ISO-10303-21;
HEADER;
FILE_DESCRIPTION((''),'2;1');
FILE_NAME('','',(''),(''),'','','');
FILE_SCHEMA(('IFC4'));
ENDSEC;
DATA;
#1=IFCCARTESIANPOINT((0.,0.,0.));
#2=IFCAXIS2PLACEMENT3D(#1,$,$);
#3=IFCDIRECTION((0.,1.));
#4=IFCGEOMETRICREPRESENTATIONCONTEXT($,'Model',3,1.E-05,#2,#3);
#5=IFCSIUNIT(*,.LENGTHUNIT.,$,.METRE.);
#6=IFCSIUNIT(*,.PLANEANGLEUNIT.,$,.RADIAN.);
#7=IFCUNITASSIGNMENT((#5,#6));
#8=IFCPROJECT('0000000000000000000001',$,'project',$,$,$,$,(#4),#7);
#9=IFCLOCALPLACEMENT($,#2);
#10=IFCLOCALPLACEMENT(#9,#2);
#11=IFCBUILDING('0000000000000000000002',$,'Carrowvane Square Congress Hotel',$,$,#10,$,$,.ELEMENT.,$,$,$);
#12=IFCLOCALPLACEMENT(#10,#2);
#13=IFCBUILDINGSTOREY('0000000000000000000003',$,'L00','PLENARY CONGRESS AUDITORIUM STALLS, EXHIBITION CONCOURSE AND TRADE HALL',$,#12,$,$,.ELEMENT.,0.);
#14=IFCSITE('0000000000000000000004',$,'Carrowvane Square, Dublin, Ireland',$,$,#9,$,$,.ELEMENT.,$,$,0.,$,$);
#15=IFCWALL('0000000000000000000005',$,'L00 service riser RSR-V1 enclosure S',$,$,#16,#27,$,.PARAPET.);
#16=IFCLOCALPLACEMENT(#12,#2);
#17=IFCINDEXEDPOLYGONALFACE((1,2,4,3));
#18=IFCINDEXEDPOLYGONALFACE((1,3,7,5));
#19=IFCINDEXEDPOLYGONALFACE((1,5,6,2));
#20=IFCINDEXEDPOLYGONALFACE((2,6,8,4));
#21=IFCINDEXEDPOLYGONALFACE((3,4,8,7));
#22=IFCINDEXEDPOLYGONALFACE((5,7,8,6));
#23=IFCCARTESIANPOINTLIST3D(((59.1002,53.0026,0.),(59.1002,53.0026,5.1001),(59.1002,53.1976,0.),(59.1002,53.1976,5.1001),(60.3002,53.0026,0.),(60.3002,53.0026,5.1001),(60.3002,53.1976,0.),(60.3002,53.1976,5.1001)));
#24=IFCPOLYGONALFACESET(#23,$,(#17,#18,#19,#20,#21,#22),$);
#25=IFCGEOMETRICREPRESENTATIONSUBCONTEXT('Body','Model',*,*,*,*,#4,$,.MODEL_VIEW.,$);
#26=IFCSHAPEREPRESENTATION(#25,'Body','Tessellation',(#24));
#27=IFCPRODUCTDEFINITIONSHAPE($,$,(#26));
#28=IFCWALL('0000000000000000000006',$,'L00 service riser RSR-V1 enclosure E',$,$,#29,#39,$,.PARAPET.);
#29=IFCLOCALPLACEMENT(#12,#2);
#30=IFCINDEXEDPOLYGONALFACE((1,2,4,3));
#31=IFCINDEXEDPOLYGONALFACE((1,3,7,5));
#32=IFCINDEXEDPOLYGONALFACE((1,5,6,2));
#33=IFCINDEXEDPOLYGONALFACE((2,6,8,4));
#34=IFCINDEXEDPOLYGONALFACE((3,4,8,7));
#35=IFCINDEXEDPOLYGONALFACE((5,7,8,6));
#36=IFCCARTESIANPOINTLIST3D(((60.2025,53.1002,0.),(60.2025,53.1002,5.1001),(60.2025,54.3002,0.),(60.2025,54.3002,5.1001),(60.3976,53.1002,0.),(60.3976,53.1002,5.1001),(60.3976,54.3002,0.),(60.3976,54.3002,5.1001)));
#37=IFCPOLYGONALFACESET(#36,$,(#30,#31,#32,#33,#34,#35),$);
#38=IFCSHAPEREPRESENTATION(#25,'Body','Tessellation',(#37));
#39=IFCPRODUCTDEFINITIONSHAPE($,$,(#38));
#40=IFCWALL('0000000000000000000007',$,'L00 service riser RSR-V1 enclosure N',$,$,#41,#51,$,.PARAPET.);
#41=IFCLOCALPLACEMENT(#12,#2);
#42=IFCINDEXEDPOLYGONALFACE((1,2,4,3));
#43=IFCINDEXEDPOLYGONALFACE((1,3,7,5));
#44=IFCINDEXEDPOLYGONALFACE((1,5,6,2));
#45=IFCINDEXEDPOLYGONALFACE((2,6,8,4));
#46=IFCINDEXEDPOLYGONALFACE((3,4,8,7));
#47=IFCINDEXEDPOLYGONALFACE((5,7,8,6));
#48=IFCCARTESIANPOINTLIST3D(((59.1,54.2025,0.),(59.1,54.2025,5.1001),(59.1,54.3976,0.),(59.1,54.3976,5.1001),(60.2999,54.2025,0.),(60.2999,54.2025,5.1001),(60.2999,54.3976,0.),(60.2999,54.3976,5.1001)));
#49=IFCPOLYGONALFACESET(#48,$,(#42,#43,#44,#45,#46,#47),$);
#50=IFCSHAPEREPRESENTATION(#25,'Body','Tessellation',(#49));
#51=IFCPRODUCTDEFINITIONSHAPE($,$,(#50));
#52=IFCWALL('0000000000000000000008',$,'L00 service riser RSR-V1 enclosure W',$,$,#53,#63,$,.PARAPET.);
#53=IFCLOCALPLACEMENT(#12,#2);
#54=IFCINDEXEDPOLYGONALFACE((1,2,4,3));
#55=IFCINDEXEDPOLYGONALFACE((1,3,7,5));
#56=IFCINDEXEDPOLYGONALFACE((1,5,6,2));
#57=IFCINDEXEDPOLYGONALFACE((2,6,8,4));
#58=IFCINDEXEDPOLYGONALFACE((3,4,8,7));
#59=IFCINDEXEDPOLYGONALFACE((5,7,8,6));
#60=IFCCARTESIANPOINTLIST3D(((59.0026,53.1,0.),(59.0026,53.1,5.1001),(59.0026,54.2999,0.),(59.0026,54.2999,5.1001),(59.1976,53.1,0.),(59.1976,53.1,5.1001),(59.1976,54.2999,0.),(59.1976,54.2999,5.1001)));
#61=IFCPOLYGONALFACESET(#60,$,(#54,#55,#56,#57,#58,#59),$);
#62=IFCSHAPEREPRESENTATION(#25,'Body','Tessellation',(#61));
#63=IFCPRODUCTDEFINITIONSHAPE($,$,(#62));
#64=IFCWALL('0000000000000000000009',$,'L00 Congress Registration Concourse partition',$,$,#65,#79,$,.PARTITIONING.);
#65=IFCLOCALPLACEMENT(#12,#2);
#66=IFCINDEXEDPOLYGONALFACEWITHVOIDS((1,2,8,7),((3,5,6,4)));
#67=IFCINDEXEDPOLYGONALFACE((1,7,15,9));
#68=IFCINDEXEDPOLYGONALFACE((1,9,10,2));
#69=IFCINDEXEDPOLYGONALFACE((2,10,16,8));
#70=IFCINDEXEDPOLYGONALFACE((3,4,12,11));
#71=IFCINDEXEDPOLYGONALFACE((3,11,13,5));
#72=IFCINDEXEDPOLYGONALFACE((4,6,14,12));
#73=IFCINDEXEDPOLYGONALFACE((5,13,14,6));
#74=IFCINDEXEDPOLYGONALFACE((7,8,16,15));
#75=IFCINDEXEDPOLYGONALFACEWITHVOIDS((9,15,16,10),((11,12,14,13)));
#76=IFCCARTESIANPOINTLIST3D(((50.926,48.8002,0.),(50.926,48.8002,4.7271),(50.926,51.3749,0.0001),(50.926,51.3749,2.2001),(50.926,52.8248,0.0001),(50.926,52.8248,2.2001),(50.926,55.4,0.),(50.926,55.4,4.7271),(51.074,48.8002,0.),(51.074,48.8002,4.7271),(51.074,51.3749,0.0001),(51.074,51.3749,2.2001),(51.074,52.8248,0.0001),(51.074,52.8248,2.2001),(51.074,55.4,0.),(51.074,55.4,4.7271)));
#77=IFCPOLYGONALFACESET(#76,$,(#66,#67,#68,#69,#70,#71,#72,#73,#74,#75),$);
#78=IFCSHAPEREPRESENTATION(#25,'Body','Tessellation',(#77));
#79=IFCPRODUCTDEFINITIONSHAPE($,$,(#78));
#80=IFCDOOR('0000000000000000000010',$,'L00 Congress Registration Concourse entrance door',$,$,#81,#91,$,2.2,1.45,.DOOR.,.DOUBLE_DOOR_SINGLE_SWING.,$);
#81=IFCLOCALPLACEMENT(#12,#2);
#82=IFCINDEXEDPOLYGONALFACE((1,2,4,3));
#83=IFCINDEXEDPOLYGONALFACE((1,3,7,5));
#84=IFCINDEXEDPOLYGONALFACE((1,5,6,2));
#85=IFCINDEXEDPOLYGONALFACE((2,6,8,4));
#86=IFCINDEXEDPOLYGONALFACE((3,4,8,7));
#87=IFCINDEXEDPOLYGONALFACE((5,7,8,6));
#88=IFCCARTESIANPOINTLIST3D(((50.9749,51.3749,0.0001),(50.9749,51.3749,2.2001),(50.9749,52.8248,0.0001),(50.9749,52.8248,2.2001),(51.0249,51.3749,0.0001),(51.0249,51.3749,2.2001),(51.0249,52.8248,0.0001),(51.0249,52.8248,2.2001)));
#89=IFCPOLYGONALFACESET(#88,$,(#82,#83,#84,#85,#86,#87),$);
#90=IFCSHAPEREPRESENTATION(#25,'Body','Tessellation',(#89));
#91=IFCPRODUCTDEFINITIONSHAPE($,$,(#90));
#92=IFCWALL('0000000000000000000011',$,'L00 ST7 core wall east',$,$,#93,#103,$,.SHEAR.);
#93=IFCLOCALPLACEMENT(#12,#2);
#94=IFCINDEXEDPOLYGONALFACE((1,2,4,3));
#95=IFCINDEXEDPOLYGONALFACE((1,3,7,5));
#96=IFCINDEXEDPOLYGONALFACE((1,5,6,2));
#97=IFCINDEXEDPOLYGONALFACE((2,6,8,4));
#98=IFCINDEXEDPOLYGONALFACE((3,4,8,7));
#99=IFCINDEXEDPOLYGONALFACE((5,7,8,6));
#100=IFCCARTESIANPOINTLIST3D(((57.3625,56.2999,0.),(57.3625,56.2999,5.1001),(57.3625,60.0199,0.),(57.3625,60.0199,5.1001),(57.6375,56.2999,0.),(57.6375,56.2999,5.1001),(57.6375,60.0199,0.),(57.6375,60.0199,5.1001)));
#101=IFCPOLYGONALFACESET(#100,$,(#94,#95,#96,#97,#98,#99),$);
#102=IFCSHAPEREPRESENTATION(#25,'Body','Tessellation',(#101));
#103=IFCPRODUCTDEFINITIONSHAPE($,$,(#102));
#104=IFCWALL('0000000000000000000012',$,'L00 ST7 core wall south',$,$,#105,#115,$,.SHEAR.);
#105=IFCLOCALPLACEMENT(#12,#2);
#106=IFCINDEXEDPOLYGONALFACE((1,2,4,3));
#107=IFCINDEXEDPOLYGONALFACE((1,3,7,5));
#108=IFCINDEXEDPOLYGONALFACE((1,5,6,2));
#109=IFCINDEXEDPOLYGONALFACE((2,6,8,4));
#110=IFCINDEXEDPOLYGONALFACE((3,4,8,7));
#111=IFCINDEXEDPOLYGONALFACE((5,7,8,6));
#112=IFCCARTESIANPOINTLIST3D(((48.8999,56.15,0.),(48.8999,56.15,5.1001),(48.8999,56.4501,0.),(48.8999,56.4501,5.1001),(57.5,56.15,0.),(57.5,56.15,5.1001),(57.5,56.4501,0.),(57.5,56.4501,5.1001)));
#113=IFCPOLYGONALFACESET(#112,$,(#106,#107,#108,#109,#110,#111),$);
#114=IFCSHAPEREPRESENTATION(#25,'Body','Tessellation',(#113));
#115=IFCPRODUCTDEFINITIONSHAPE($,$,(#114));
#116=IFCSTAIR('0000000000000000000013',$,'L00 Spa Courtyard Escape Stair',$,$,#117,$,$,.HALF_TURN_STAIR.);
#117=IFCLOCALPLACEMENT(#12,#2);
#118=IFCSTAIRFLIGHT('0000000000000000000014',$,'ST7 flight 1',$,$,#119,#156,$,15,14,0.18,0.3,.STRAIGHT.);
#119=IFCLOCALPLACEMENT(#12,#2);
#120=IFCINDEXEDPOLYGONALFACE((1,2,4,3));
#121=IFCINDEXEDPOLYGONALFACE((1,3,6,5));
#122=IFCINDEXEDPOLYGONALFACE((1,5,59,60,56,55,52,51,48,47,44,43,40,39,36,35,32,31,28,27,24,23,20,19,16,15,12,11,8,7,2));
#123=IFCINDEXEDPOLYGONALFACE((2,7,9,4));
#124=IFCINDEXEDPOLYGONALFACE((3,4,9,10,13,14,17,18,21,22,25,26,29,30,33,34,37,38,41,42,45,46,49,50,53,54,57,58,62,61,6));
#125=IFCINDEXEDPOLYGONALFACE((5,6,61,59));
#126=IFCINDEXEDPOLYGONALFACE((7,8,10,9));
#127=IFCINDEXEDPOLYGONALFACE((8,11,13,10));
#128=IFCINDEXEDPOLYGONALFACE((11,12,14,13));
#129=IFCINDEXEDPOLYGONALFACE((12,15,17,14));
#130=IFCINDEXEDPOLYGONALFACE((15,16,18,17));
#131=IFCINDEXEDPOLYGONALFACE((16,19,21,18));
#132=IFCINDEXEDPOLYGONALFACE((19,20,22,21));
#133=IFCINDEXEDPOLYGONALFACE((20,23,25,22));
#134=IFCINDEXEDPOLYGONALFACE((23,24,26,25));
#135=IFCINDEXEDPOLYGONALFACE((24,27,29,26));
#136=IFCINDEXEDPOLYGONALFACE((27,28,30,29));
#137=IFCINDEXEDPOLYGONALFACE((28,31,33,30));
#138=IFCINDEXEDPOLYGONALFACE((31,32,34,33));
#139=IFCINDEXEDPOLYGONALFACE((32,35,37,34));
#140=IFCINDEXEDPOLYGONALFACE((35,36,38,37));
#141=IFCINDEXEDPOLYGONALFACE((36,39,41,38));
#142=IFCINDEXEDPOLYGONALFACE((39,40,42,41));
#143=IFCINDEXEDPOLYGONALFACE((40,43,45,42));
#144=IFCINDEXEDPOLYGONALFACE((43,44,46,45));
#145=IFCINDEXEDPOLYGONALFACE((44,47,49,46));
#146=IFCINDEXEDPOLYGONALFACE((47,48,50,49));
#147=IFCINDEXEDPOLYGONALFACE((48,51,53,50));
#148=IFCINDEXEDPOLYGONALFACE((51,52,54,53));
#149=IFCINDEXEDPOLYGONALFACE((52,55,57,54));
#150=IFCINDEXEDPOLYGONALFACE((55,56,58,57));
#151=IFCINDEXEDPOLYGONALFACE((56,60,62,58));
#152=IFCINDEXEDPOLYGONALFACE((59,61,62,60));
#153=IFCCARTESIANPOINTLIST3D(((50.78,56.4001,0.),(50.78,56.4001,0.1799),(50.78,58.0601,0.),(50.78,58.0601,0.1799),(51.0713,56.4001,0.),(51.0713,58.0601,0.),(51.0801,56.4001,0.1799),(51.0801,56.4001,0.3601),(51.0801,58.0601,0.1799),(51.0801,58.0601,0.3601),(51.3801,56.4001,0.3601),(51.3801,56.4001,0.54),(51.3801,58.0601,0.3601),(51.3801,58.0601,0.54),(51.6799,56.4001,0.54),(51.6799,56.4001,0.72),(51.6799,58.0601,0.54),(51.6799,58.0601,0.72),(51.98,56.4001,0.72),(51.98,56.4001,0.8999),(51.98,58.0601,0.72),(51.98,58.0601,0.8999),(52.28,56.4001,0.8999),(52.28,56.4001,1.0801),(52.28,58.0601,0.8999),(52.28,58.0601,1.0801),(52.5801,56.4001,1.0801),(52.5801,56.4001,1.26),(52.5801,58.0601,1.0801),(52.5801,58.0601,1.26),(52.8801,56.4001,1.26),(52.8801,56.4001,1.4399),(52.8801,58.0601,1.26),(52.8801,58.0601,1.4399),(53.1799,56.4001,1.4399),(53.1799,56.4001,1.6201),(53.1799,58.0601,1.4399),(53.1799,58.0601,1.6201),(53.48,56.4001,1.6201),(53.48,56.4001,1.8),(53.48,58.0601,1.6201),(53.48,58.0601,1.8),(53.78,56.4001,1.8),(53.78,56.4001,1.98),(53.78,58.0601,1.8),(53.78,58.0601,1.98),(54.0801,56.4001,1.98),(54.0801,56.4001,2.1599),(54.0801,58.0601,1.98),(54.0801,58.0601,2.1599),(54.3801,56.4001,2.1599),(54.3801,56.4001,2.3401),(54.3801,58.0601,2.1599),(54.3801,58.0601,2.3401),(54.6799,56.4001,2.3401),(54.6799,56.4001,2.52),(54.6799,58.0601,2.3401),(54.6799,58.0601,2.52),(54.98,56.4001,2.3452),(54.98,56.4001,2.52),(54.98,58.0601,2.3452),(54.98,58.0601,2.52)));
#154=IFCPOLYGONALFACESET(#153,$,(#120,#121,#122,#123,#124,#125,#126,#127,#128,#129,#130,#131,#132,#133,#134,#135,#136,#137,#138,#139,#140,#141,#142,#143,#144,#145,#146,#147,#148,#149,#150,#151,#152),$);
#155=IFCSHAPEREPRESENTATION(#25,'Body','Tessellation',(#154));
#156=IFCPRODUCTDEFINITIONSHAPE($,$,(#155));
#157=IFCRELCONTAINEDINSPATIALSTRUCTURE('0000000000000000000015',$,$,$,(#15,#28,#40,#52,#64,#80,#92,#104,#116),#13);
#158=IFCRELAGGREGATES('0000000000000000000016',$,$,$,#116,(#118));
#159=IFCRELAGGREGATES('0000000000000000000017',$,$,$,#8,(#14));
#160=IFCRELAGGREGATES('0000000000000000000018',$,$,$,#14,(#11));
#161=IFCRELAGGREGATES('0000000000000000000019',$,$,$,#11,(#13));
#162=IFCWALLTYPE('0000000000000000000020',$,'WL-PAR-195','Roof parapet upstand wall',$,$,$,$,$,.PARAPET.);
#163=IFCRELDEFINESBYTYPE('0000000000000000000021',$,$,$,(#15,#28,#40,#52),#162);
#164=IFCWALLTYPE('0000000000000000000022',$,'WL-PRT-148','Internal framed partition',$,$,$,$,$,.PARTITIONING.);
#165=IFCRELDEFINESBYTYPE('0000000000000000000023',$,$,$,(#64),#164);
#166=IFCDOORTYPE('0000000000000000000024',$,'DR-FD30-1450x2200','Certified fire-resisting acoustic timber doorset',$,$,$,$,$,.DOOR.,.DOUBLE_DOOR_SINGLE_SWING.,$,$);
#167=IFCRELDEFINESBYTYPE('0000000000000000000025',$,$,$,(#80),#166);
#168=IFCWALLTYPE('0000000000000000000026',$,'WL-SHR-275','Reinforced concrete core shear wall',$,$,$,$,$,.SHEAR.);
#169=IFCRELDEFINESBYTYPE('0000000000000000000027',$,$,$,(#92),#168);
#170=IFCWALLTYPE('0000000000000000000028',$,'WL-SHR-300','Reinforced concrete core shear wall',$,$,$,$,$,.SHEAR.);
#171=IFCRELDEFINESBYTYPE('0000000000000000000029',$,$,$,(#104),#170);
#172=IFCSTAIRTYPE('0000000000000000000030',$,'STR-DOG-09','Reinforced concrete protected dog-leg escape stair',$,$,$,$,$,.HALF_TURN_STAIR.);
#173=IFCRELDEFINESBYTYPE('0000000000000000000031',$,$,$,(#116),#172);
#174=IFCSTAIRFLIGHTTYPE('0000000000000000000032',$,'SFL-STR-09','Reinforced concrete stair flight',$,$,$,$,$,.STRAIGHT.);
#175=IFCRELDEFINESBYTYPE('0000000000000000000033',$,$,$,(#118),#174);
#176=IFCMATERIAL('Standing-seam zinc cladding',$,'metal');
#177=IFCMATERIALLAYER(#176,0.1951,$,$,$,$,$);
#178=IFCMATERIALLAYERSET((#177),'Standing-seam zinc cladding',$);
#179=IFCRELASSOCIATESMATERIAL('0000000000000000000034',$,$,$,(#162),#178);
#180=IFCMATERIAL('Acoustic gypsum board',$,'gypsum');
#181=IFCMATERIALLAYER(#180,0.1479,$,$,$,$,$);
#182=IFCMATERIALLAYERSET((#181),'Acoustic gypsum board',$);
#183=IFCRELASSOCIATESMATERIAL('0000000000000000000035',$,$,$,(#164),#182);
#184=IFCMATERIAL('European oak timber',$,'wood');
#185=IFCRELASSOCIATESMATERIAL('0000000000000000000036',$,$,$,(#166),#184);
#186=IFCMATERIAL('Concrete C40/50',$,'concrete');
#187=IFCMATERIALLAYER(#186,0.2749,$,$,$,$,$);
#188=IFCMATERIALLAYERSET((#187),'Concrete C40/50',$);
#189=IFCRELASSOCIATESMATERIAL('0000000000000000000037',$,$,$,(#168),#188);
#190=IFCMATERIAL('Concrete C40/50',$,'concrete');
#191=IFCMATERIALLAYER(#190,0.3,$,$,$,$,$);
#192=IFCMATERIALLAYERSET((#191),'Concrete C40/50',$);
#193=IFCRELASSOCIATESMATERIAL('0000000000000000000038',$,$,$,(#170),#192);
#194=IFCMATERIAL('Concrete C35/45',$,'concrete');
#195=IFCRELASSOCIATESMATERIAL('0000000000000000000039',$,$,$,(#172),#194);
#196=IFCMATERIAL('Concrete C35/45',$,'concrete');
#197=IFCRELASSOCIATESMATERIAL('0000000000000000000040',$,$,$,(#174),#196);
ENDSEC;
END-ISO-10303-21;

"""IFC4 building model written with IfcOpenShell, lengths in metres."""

from ifc_helpers import new_model, si_unit, direction, frame, frame_2d, origin, place, context, subcontext, project, spatial, polyline, rectangle, outline, extrude, material, layer, layer_set, type_object, element, fill, aggregate, save


model = new_model("IFC4")

# Units and contexts
model_context = context("Model", 3, precision=1e-05, world=origin(), true_north=direction((0.0, 1.0)))
body_context = subcontext(model_context, "Body", "Model", "MODEL_VIEW")
ifc_project = project(units=[si_unit("LENGTHUNIT", "METRE"), si_unit("PLANEANGLEUNIT", "RADIAN")], contexts=[model_context])

# Site, building, storey
site_placement = place(None, origin())
site = spatial("IfcSite", under=ifc_project, at=site_placement, Name="Carrowvane Square, Dublin, Ireland", CompositionType="ELEMENT", RefElevation=0.0)
building_placement = place(site_placement, origin())
building = spatial("IfcBuilding", under=site, at=building_placement, Name="Carrowvane Square Congress Hotel", CompositionType="ELEMENT")
storey_placement = place(building_placement, origin())
storey = spatial("IfcBuildingStorey", under=building, at=storey_placement, Name="L00", Description="PLENARY CONGRESS AUDITORIUM STALLS, EXHIBITION CONCOURSE AND TRADE HALL", CompositionType="ELEMENT", Elevation=0.0)

# Walls
ifc_material_1 = material(Name="Standing-seam zinc cladding", Category="metal")
ifc_layer_1 = layer(ifc_material_1, 0.1951)
ifc_layer_set_1 = layer_set([ifc_layer_1], Name="Standing-seam zinc cladding")
wall_type_1 = type_object("IfcWallType", Name="WL-PAR-195", Description="Roof parapet upstand wall", PredefinedType="PARAPET", material=ifc_layer_set_1)
for number, where, z_axis, x_axis, name in (
    (1, (59.1001, 53.1001, 0.0), (0.0, 0.0, 1.0), (1.0, 0.0, 0.0), "L00 service riser RSR-V1 enclosure S"),
    (2, (60.3, 53.1001, 0.0), (0.0, 0.0, 1.0), (0.0, 1.0, 0.0), "L00 service riser RSR-V1 enclosure E"),
    (3, (60.3, 54.3, 0.0), (0.0, 0.0, 1.0), (-1.0, 0.0, 0.0), "L00 service riser RSR-V1 enclosure N"),
    (4, (59.1001, 54.3, 0.0), (0.0, 0.0, 1.0), (0.0, -1.0, 0.0), "L00 service riser RSR-V1 enclosure W"),
):
    element("IfcWall", number, at=place(storey_placement, frame(where, z_axis=z_axis, x_axis=x_axis)), inside=storey, type_object=wall_type_1, Name=name, PredefinedType="PARAPET", context=body_context, shape_type="SweptSolid", body=[
        extrude(rectangle(XDim=1.2, YDim=0.1951, at=frame_2d((0.6001, 0.0))), origin(), (0.0, 0.0, 1.0), 5.1001),
    ])

# Wall, opening, door
ifc_material_2 = material(Name="Acoustic gypsum board", Category="gypsum")
ifc_layer_2 = layer(ifc_material_2, 0.1479)
ifc_layer_set_2 = layer_set([ifc_layer_2], Name="Acoustic gypsum board")
wall_type_2 = type_object("IfcWallType", Name="WL-PRT-148", Description="Internal framed partition", PredefinedType="PARTITIONING", material=ifc_layer_set_2)
wall_1_placement = place(storey_placement, frame((51.0, 55.3999, 0.0), z_axis=(0.0, 0.0, 1.0), x_axis=(0.0, -1.0, 0.0)))
wall_1 = element("IfcWall", 5, at=wall_1_placement, inside=storey, type_object=wall_type_2, Name="L00 Congress Registration Concourse partition", PredefinedType="PARTITIONING", context=body_context, shape_type="SweptSolid", body=[
    extrude(rectangle(XDim=6.5999, YDim=0.1479, at=frame_2d((3.2998, 0.0))), origin(), (0.0, 0.0, 1.0), 4.7271),
])
opening_1_placement = place(wall_1_placement, frame((2.575, 0.0, 0.0)))
opening_1 = element("IfcOpeningElement", 6, at=opening_1_placement, cuts=wall_1, PredefinedType="OPENING", context=body_context, shape_type="SweptSolid", body=[
    extrude(rectangle(XDim=1.45, YDim=2.2, at=frame_2d((0.7251, 1.1001))), frame((0.0, 0.084, 0.0), z_axis=(0.0, -1.0, 0.0), x_axis=(1.0, 0.0, 0.0)), (0.0, 0.0, 1.0), 0.168),
])
ifc_material_3 = material(Name="European oak timber", Category="wood")
door_type_1 = type_object("IfcDoorType", Name="DR-FD30-1450x2200", Description="Certified fire-resisting acoustic timber doorset", OperationType="DOUBLE_DOOR_SINGLE_SWING", PredefinedType="DOOR", material=ifc_material_3)
door_1_placement = place(opening_1_placement, origin())
door_1 = element("IfcDoor", 7, at=door_1_placement, inside=storey, type_object=door_type_1, Name="L00 Congress Registration Concourse entrance door", OperationType="DOUBLE_DOOR_SINGLE_SWING", OverallHeight=2.2, OverallWidth=1.45, PredefinedType="DOOR", context=body_context, shape_type="SweptSolid", body=[
    extrude(rectangle(XDim=1.45, YDim=2.2, at=frame_2d((0.7251, 1.1001))), frame((0.0, 0.0249, 0.0), z_axis=(0.0, -1.0, 0.0), x_axis=(1.0, 0.0, 0.0)), (0.0, 0.0, 1.0), 0.05),
])
fill(opening_1, door_1)

# Walls
ifc_material_4 = material(Name="Concrete C40/50", Category="concrete")
ifc_layer_3 = layer(ifc_material_4, 0.2749)
ifc_layer_set_3 = layer_set([ifc_layer_3], Name="Concrete C40/50")
wall_type_3 = type_object("IfcWallType", Name="WL-SHR-275", Description="Reinforced concrete core shear wall", PredefinedType="SHEAR", material=ifc_layer_set_3)
wall_2_placement = place(storey_placement, frame((57.5, 56.3, 0.0), z_axis=(0.0, 0.0, 1.0), x_axis=(0.0, 1.0, 0.0)))
element("IfcWall", 8, at=wall_2_placement, inside=storey, type_object=wall_type_3, Name="L00 ST7 core wall east", PredefinedType="SHEAR", context=body_context, shape_type="SweptSolid", body=[
    extrude(rectangle(XDim=3.72, YDim=0.2749, at=frame_2d((1.8599, 0.0))), origin(), (0.0, 0.0, 1.0), 5.1001),
])
ifc_material_5 = material(Name="Concrete C40/50", Category="concrete")
ifc_layer_4 = layer(ifc_material_5, 0.3)
ifc_layer_set_4 = layer_set([ifc_layer_4], Name="Concrete C40/50")
wall_type_4 = type_object("IfcWallType", Name="WL-SHR-300", Description="Reinforced concrete core shear wall", PredefinedType="SHEAR", material=ifc_layer_set_4)
wall_3_placement = place(storey_placement, frame((48.8999, 56.3, 0.0), z_axis=(0.0, 0.0, 1.0), x_axis=(1.0, 0.0, 0.0)))
element("IfcWall", 9, at=wall_3_placement, inside=storey, type_object=wall_type_4, Name="L00 ST7 core wall south", PredefinedType="SHEAR", context=body_context, shape_type="SweptSolid", body=[
    extrude(rectangle(XDim=8.6001, YDim=0.3, at=frame_2d((4.3, 0.0))), origin(), (0.0, 0.0, 1.0), 5.1001),
])

# Stair, stair flight
ifc_material_6 = material(Name="Concrete C35/45", Category="concrete")
stair_type = type_object("IfcStairType", Name="STR-DOG-09", Description="Reinforced concrete protected dog-leg escape stair", PredefinedType="HALF_TURN_STAIR", material=ifc_material_6)
stair_placement = place(storey_placement, origin())
stair = element("IfcStair", 10, at=stair_placement, inside=storey, type_object=stair_type, Name="L00 Spa Courtyard Escape Stair", PredefinedType="HALF_TURN_STAIR")
ifc_material_7 = material(Name="Concrete C35/45", Category="concrete")
stair_flight_type = type_object("IfcStairFlightType", Name="SFL-STR-09", Description="Reinforced concrete stair flight", PredefinedType="STRAIGHT", material=ifc_material_7)
stair_flight_placement = place(storey_placement, frame((50.78, 57.23, 0.0), z_axis=(0.0, 0.0, 1.0), x_axis=(1.0, 0.0, 0.0)))
stair_flight = element("IfcStairFlight", 11, at=stair_flight_placement, type_object=stair_flight_type, Name="ST7 flight 1", NumberOfRisers=15, NumberOfTreads=14, PredefinedType="STRAIGHT", RiserHeight=0.18, TreadLength=0.3, context=body_context, shape_type="SweptSolid", body=[
    extrude(outline(polyline([(0.0, 0.0), (0.0, 0.1799), (0.3, 0.1799), (0.3, 0.3601), (0.6001, 0.3601), (0.6001, 0.54), (0.8999, 0.54), (0.8999, 0.72), (1.2, 0.72), (1.2, 0.8999), (1.5, 0.8999), (1.5, 1.0801), (1.8, 1.0801), (1.8, 1.26), (2.1001, 1.26), (2.1001, 1.4399), (2.3999, 1.4399), (2.3999, 1.6201), (2.7, 1.6201), (2.7, 1.8), (3.0, 1.8), (3.0, 1.98), (3.3, 1.98), (3.3, 2.1599), (3.6001, 2.1599), (3.6001, 2.3401), (3.8999, 2.3401), (3.8999, 2.52), (4.2, 2.52), (4.2, 2.7), (4.2, 2.3452), (0.2913, 0.0), (0.0, 0.0)])), frame((0.0, 0.8301, 0.0), z_axis=(0.0, -1.0, 0.0), x_axis=(1.0, 0.0, 0.0)), (0.0, 0.0, 1.0), 1.6599),
])
aggregate(stair, [stair_flight])

save(model, "model.ifc")
